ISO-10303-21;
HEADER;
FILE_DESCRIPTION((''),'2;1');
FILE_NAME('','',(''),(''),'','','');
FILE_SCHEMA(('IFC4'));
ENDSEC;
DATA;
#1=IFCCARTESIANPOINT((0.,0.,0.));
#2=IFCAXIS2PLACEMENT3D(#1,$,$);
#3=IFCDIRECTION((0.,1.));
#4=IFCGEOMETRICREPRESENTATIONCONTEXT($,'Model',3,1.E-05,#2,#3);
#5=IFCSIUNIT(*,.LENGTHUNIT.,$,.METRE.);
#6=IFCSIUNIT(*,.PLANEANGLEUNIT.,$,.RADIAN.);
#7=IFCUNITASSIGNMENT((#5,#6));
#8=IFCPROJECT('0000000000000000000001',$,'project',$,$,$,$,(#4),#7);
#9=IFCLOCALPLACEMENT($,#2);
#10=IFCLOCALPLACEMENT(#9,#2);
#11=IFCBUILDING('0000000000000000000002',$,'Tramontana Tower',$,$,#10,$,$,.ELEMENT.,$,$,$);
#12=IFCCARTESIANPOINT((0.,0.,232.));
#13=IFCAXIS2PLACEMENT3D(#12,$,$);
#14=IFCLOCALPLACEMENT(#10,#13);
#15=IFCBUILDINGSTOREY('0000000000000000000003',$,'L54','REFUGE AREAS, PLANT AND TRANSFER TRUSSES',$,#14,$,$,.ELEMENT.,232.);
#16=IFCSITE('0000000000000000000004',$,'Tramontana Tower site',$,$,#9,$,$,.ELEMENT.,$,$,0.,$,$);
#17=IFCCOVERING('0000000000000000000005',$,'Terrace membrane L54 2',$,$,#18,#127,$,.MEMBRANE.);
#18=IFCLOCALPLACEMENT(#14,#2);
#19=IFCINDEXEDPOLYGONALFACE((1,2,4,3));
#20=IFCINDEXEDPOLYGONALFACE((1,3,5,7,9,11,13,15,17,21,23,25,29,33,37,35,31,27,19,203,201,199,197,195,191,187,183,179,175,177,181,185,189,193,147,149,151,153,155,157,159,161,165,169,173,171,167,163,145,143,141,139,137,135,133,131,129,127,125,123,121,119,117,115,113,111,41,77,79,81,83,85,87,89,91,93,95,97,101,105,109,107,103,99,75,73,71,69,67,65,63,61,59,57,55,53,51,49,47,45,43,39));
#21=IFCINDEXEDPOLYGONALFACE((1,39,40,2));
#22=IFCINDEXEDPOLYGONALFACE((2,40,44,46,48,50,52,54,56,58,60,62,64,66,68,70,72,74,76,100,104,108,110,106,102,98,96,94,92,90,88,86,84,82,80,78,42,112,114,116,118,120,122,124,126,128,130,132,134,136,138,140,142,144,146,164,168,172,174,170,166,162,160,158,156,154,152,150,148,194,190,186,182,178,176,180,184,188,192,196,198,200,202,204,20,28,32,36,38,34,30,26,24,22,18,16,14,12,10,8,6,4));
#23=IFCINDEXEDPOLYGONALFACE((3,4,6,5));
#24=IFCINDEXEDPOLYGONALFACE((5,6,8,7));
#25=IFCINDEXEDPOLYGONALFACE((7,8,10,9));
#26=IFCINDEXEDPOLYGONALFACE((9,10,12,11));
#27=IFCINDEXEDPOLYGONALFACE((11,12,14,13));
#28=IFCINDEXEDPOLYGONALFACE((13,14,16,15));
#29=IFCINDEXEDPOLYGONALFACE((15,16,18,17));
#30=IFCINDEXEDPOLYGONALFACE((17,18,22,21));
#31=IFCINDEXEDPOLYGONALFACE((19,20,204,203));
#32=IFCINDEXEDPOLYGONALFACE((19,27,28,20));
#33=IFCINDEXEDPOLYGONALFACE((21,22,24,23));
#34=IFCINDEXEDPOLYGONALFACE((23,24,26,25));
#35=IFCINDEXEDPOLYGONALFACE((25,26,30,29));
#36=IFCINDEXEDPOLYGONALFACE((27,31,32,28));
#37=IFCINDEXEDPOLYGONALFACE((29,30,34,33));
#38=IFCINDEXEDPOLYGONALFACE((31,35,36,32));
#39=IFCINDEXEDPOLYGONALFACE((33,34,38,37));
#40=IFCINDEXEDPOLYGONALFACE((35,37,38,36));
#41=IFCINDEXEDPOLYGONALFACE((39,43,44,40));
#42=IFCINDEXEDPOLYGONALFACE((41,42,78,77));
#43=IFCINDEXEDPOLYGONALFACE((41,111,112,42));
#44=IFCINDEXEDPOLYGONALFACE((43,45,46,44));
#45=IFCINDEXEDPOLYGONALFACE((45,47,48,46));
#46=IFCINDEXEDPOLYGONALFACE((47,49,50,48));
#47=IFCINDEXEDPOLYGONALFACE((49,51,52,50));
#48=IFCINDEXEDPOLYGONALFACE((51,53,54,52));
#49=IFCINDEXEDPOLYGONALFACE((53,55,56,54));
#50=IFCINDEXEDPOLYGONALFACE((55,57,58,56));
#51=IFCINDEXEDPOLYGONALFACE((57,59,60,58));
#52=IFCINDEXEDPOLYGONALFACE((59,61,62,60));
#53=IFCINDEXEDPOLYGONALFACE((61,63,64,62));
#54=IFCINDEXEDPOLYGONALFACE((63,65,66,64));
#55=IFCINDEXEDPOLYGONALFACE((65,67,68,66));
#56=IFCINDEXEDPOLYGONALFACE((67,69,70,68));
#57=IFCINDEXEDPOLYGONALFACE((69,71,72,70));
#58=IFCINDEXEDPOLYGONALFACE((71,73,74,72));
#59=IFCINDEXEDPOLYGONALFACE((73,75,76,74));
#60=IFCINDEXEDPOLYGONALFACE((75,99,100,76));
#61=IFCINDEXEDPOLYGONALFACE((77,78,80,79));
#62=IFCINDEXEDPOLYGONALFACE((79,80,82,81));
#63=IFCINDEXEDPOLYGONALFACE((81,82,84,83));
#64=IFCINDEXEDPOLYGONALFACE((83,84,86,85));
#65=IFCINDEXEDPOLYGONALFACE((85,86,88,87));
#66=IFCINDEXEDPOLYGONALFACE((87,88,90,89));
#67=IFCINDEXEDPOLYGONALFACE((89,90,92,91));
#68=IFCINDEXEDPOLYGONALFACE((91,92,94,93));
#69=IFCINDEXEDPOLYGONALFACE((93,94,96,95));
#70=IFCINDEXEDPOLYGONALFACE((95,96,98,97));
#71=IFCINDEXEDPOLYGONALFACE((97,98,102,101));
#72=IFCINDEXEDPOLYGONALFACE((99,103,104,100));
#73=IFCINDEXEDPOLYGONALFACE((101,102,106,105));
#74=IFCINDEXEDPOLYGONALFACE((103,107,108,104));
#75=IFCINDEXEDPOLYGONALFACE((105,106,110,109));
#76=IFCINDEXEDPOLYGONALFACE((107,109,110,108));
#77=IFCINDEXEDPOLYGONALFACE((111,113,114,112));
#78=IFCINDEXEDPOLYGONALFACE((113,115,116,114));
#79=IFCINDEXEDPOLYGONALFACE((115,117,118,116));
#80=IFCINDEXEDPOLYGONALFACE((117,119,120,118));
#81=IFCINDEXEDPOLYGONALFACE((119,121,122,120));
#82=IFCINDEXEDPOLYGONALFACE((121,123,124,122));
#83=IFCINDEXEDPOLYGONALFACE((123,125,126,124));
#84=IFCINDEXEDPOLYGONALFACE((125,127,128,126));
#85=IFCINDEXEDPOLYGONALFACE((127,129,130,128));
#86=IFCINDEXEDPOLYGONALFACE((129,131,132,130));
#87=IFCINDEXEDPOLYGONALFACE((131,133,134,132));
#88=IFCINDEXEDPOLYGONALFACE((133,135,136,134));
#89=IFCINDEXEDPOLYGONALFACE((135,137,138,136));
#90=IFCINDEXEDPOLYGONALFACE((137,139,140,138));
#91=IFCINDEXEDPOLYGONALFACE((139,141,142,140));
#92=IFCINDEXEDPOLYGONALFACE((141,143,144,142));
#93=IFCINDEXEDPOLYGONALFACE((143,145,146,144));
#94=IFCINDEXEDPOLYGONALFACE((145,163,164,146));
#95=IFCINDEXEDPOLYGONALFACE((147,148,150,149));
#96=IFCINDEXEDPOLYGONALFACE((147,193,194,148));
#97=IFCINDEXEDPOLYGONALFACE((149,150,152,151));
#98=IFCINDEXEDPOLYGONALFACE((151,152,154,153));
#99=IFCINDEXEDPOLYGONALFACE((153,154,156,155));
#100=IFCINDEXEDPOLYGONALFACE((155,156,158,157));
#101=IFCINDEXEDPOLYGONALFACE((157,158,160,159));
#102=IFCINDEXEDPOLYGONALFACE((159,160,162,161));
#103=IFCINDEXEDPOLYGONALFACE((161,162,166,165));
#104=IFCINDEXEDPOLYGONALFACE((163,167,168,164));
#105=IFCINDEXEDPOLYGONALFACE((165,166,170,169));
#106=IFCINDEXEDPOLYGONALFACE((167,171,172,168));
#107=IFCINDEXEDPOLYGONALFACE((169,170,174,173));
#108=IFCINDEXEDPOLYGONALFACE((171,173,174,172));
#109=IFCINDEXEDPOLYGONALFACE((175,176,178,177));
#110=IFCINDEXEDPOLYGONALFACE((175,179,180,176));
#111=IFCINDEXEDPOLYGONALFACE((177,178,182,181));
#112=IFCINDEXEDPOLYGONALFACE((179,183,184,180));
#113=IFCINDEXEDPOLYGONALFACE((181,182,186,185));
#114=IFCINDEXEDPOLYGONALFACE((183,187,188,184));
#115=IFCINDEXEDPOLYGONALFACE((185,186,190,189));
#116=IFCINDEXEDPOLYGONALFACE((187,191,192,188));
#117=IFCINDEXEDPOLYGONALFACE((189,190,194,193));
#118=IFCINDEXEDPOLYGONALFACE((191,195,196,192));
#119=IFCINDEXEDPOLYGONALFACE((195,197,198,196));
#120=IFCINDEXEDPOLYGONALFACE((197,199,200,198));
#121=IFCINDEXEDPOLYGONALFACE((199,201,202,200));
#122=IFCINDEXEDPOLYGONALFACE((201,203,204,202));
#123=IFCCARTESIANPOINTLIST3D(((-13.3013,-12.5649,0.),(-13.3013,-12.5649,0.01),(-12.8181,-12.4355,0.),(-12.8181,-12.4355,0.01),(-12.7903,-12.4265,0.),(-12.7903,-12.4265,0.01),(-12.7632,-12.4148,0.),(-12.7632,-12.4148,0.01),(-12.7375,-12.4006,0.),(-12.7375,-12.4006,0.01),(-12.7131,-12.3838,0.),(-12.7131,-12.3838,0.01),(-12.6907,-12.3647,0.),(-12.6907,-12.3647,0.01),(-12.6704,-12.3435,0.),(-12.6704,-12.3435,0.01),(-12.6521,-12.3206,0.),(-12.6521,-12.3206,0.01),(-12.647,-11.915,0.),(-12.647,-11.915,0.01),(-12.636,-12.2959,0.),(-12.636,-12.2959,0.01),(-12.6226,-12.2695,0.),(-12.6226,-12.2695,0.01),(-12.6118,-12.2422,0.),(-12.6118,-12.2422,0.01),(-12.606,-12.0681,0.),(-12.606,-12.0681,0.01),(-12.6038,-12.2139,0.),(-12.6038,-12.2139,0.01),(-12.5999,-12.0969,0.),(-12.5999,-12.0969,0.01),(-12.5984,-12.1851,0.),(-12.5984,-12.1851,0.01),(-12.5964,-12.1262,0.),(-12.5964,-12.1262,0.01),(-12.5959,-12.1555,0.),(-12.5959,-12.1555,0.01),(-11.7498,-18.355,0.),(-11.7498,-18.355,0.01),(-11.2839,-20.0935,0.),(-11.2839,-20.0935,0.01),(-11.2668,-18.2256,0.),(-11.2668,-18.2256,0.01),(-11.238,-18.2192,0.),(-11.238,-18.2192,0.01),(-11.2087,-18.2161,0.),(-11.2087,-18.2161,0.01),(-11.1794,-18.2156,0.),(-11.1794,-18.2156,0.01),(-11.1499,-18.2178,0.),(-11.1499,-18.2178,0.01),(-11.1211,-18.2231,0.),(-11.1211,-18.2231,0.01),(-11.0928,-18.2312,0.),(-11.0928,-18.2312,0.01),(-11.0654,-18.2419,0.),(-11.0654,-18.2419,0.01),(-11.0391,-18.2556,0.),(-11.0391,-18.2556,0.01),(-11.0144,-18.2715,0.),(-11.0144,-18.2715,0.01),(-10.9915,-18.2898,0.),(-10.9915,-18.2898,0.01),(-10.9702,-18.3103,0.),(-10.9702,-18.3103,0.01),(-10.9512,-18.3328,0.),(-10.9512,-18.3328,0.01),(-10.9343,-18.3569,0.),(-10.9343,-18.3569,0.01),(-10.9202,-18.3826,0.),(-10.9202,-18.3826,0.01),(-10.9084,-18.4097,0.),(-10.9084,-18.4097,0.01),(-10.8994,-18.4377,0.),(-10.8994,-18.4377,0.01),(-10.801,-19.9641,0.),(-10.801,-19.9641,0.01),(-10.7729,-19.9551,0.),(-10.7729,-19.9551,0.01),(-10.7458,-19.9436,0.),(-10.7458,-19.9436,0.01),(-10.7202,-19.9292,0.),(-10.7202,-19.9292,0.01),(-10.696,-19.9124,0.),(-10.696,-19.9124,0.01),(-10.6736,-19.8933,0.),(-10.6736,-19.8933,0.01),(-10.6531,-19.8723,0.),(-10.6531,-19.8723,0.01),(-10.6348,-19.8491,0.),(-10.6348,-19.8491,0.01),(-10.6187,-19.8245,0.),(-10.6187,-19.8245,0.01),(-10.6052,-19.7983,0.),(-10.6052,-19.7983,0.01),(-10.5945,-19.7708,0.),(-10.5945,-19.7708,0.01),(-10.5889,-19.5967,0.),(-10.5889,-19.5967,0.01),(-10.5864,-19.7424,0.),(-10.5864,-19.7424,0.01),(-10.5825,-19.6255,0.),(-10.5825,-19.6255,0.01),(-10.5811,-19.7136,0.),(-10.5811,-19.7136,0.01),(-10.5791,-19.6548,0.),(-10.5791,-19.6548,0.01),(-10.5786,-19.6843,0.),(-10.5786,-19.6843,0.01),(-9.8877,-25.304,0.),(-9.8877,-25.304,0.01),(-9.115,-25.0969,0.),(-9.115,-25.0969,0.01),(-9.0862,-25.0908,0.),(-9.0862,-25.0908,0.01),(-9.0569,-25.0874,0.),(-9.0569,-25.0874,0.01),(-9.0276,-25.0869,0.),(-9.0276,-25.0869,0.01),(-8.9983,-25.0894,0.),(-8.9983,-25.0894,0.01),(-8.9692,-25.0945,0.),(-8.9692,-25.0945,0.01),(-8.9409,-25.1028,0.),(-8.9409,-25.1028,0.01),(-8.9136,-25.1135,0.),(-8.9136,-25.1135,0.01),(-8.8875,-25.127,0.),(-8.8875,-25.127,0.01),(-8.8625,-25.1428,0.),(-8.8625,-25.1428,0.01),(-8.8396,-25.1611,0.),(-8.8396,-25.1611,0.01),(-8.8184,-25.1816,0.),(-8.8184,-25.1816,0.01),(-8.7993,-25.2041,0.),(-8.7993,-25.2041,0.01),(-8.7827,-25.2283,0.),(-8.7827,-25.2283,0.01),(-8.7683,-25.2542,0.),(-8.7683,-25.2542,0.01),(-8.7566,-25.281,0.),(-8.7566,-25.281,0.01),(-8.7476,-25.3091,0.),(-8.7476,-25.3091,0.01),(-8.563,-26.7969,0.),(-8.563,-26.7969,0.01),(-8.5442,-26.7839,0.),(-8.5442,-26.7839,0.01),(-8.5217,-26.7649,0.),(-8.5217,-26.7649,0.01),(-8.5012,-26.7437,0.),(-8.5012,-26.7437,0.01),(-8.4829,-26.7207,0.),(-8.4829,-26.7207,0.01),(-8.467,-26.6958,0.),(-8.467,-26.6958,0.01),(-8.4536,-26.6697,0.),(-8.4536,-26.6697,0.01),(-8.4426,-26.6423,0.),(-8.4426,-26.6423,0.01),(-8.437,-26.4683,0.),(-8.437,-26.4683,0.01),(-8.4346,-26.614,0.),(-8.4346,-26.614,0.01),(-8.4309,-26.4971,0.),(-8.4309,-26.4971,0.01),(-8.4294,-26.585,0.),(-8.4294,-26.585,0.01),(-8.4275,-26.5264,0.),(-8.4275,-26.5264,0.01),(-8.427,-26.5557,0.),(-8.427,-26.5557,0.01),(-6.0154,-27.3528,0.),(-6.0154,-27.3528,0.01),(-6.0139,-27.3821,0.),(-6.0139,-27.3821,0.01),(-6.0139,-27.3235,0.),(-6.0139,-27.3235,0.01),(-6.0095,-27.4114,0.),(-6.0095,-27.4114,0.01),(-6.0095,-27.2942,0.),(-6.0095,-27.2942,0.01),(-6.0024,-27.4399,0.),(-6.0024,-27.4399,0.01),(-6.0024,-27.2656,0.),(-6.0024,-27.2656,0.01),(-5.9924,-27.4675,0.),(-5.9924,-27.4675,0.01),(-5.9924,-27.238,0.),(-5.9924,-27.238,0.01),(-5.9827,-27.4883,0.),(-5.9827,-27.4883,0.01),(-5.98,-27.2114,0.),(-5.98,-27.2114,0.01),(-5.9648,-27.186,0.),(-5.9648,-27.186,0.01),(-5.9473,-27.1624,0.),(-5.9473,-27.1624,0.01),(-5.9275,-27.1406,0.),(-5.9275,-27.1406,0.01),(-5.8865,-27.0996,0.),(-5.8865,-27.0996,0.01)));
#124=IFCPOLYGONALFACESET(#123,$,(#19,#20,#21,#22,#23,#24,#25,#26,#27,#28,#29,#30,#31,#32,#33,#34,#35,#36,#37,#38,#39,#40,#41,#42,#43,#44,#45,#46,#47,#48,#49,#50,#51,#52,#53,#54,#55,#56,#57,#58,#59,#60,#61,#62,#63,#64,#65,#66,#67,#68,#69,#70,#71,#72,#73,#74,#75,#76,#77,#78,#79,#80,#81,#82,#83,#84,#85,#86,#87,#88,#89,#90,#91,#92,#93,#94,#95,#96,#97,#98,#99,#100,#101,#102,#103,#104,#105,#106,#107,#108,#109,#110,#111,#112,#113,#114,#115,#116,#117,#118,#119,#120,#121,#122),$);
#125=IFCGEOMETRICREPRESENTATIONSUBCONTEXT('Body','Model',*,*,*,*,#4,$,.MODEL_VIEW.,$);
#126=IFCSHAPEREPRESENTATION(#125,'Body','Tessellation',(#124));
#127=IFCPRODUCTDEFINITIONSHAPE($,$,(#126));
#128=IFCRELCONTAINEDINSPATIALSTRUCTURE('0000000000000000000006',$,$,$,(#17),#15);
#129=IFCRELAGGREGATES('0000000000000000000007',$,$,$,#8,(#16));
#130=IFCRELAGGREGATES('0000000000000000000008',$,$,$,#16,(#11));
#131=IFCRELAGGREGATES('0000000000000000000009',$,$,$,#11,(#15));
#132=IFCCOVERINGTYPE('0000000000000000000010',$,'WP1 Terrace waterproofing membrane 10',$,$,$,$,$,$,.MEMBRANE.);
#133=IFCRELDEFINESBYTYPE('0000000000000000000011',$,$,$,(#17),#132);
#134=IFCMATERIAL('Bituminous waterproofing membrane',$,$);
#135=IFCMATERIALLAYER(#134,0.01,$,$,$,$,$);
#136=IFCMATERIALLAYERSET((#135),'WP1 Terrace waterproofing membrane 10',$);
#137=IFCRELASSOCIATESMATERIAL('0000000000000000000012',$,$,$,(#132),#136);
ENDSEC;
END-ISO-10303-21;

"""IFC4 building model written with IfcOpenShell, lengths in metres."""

from ifc_helpers import new_model, si_unit, direction, frame, origin, place, context, subcontext, project, spatial, polyline, outline, extrude, material, layer, layer_set, type_object, element, save


model = new_model("IFC4")

# Units and contexts
model_context = context("Model", 3, precision=1e-05, world=origin(), true_north=direction((0.0, 1.0)))
body_context = subcontext(model_context, "Body", "Model", "MODEL_VIEW")
ifc_project = project(units=[si_unit("LENGTHUNIT", "METRE"), si_unit("PLANEANGLEUNIT", "RADIAN")], contexts=[model_context])

# Site, building, storey
site_placement = place(None, origin())
site = spatial("IfcSite", under=ifc_project, at=site_placement, Name="Tramontana Tower site", CompositionType="ELEMENT", RefElevation=0.0)
building_placement = place(site_placement, origin())
building = spatial("IfcBuilding", under=site, at=building_placement, Name="Tramontana Tower", CompositionType="ELEMENT")
storey_placement = place(building_placement, frame((0.0, 0.0, 232.0)))
storey = spatial("IfcBuildingStorey", under=building, at=storey_placement, Name="L54", Description="REFUGE AREAS, PLANT AND TRANSFER TRUSSES", CompositionType="ELEMENT", Elevation=232.0)

# Covering
ifc_material_1 = material(Name="Bituminous waterproofing membrane")
ifc_layer_1 = layer(ifc_material_1, 0.01)
ifc_layer_set_1 = layer_set([ifc_layer_1], Name="WP1 Terrace waterproofing membrane 10")
covering_type_1 = type_object("IfcCoveringType", Name="WP1 Terrace waterproofing membrane 10", PredefinedType="MEMBRANE", material=ifc_layer_set_1)
covering_1_placement = place(storey_placement, origin())
element("IfcCovering", 1, at=covering_1_placement, inside=storey, type_object=covering_type_1, Name="Terrace membrane L54 2", PredefinedType="MEMBRANE", context=body_context, shape_type="SweptSolid", body=[
    extrude(outline(polyline([(-8.563, -26.7969), (-8.5442, -26.7839), (-8.5217, -26.7649), (-8.5012, -26.7437), (-8.4829, -26.7207), (-8.467, -26.6958), (-8.4536, -26.6697), (-8.4426, -26.6423), (-8.4346, -26.614), (-8.4294, -26.585), (-8.427, -26.5557), (-8.4275, -26.5264), (-8.4309, -26.4971), (-8.437, -26.4683), (-8.7476, -25.3091), (-8.7566, -25.281), (-8.7683, -25.2542), (-8.7827, -25.2283), (-8.7993, -25.2041), (-8.8184, -25.1816), (-8.8396, -25.1611), (-8.8625, -25.1428), (-8.8875, -25.127), (-8.9136, -25.1135), (-8.9409, -25.1028), (-8.9692, -25.0945), (-8.9983, -25.0894), (-9.0276, -25.0869), (-9.0569, -25.0874), (-9.0862, -25.0908), (-9.115, -25.0969), (-9.8877, -25.304), (-11.2839, -20.0935), (-10.801, -19.9641), (-10.7729, -19.9551), (-10.7458, -19.9436), (-10.7202, -19.9292), (-10.696, -19.9124), (-10.6736, -19.8933), (-10.6531, -19.8723), (-10.6348, -19.8491), (-10.6187, -19.8245), (-10.6052, -19.7983), (-10.5945, -19.7708), (-10.5864, -19.7424), (-10.5811, -19.7136), (-10.5786, -19.6843), (-10.5791, -19.6548), (-10.5825, -19.6255), (-10.5889, -19.5967), (-10.8994, -18.4377), (-10.9084, -18.4097), (-10.9202, -18.3826), (-10.9343, -18.3569), (-10.9512, -18.3328), (-10.9702, -18.3103), (-10.9915, -18.2898), (-11.0144, -18.2715), (-11.0391, -18.2556), (-11.0654, -18.2419), (-11.0928, -18.2312), (-11.1211, -18.2231), (-11.1499, -18.2178), (-11.1794, -18.2156), (-11.2087, -18.2161), (-11.238, -18.2192), (-11.2668, -18.2256), (-11.7498, -18.355), (-13.3013, -12.5649), (-12.8181, -12.4355), (-12.7903, -12.4265), (-12.7632, -12.4148), (-12.7375, -12.4006), (-12.7131, -12.3838), (-12.6907, -12.3647), (-12.6704, -12.3435), (-12.6521, -12.3206), (-12.636, -12.2959), (-12.6226, -12.2695), (-12.6118, -12.2422), (-12.6038, -12.2139), (-12.5984, -12.1851), (-12.5959, -12.1555), (-12.5964, -12.1262), (-12.5999, -12.0969), (-12.606, -12.0681), (-12.647, -11.915), (-5.8865, -27.0996), (-5.9275, -27.1406), (-5.9473, -27.1624), (-5.9648, -27.186), (-5.98, -27.2114), (-5.9924, -27.238), (-6.0024, -27.2656), (-6.0095, -27.2942), (-6.0139, -27.3235), (-6.0154, -27.3528), (-6.0139, -27.3821), (-6.0095, -27.4114), (-6.0024, -27.4399), (-5.9924, -27.4675), (-5.9827, -27.4883), (-8.563, -26.7969)])), origin(), (0.0, 0.0, 1.0), 0.01),
])

save(model, "model.ifc")
